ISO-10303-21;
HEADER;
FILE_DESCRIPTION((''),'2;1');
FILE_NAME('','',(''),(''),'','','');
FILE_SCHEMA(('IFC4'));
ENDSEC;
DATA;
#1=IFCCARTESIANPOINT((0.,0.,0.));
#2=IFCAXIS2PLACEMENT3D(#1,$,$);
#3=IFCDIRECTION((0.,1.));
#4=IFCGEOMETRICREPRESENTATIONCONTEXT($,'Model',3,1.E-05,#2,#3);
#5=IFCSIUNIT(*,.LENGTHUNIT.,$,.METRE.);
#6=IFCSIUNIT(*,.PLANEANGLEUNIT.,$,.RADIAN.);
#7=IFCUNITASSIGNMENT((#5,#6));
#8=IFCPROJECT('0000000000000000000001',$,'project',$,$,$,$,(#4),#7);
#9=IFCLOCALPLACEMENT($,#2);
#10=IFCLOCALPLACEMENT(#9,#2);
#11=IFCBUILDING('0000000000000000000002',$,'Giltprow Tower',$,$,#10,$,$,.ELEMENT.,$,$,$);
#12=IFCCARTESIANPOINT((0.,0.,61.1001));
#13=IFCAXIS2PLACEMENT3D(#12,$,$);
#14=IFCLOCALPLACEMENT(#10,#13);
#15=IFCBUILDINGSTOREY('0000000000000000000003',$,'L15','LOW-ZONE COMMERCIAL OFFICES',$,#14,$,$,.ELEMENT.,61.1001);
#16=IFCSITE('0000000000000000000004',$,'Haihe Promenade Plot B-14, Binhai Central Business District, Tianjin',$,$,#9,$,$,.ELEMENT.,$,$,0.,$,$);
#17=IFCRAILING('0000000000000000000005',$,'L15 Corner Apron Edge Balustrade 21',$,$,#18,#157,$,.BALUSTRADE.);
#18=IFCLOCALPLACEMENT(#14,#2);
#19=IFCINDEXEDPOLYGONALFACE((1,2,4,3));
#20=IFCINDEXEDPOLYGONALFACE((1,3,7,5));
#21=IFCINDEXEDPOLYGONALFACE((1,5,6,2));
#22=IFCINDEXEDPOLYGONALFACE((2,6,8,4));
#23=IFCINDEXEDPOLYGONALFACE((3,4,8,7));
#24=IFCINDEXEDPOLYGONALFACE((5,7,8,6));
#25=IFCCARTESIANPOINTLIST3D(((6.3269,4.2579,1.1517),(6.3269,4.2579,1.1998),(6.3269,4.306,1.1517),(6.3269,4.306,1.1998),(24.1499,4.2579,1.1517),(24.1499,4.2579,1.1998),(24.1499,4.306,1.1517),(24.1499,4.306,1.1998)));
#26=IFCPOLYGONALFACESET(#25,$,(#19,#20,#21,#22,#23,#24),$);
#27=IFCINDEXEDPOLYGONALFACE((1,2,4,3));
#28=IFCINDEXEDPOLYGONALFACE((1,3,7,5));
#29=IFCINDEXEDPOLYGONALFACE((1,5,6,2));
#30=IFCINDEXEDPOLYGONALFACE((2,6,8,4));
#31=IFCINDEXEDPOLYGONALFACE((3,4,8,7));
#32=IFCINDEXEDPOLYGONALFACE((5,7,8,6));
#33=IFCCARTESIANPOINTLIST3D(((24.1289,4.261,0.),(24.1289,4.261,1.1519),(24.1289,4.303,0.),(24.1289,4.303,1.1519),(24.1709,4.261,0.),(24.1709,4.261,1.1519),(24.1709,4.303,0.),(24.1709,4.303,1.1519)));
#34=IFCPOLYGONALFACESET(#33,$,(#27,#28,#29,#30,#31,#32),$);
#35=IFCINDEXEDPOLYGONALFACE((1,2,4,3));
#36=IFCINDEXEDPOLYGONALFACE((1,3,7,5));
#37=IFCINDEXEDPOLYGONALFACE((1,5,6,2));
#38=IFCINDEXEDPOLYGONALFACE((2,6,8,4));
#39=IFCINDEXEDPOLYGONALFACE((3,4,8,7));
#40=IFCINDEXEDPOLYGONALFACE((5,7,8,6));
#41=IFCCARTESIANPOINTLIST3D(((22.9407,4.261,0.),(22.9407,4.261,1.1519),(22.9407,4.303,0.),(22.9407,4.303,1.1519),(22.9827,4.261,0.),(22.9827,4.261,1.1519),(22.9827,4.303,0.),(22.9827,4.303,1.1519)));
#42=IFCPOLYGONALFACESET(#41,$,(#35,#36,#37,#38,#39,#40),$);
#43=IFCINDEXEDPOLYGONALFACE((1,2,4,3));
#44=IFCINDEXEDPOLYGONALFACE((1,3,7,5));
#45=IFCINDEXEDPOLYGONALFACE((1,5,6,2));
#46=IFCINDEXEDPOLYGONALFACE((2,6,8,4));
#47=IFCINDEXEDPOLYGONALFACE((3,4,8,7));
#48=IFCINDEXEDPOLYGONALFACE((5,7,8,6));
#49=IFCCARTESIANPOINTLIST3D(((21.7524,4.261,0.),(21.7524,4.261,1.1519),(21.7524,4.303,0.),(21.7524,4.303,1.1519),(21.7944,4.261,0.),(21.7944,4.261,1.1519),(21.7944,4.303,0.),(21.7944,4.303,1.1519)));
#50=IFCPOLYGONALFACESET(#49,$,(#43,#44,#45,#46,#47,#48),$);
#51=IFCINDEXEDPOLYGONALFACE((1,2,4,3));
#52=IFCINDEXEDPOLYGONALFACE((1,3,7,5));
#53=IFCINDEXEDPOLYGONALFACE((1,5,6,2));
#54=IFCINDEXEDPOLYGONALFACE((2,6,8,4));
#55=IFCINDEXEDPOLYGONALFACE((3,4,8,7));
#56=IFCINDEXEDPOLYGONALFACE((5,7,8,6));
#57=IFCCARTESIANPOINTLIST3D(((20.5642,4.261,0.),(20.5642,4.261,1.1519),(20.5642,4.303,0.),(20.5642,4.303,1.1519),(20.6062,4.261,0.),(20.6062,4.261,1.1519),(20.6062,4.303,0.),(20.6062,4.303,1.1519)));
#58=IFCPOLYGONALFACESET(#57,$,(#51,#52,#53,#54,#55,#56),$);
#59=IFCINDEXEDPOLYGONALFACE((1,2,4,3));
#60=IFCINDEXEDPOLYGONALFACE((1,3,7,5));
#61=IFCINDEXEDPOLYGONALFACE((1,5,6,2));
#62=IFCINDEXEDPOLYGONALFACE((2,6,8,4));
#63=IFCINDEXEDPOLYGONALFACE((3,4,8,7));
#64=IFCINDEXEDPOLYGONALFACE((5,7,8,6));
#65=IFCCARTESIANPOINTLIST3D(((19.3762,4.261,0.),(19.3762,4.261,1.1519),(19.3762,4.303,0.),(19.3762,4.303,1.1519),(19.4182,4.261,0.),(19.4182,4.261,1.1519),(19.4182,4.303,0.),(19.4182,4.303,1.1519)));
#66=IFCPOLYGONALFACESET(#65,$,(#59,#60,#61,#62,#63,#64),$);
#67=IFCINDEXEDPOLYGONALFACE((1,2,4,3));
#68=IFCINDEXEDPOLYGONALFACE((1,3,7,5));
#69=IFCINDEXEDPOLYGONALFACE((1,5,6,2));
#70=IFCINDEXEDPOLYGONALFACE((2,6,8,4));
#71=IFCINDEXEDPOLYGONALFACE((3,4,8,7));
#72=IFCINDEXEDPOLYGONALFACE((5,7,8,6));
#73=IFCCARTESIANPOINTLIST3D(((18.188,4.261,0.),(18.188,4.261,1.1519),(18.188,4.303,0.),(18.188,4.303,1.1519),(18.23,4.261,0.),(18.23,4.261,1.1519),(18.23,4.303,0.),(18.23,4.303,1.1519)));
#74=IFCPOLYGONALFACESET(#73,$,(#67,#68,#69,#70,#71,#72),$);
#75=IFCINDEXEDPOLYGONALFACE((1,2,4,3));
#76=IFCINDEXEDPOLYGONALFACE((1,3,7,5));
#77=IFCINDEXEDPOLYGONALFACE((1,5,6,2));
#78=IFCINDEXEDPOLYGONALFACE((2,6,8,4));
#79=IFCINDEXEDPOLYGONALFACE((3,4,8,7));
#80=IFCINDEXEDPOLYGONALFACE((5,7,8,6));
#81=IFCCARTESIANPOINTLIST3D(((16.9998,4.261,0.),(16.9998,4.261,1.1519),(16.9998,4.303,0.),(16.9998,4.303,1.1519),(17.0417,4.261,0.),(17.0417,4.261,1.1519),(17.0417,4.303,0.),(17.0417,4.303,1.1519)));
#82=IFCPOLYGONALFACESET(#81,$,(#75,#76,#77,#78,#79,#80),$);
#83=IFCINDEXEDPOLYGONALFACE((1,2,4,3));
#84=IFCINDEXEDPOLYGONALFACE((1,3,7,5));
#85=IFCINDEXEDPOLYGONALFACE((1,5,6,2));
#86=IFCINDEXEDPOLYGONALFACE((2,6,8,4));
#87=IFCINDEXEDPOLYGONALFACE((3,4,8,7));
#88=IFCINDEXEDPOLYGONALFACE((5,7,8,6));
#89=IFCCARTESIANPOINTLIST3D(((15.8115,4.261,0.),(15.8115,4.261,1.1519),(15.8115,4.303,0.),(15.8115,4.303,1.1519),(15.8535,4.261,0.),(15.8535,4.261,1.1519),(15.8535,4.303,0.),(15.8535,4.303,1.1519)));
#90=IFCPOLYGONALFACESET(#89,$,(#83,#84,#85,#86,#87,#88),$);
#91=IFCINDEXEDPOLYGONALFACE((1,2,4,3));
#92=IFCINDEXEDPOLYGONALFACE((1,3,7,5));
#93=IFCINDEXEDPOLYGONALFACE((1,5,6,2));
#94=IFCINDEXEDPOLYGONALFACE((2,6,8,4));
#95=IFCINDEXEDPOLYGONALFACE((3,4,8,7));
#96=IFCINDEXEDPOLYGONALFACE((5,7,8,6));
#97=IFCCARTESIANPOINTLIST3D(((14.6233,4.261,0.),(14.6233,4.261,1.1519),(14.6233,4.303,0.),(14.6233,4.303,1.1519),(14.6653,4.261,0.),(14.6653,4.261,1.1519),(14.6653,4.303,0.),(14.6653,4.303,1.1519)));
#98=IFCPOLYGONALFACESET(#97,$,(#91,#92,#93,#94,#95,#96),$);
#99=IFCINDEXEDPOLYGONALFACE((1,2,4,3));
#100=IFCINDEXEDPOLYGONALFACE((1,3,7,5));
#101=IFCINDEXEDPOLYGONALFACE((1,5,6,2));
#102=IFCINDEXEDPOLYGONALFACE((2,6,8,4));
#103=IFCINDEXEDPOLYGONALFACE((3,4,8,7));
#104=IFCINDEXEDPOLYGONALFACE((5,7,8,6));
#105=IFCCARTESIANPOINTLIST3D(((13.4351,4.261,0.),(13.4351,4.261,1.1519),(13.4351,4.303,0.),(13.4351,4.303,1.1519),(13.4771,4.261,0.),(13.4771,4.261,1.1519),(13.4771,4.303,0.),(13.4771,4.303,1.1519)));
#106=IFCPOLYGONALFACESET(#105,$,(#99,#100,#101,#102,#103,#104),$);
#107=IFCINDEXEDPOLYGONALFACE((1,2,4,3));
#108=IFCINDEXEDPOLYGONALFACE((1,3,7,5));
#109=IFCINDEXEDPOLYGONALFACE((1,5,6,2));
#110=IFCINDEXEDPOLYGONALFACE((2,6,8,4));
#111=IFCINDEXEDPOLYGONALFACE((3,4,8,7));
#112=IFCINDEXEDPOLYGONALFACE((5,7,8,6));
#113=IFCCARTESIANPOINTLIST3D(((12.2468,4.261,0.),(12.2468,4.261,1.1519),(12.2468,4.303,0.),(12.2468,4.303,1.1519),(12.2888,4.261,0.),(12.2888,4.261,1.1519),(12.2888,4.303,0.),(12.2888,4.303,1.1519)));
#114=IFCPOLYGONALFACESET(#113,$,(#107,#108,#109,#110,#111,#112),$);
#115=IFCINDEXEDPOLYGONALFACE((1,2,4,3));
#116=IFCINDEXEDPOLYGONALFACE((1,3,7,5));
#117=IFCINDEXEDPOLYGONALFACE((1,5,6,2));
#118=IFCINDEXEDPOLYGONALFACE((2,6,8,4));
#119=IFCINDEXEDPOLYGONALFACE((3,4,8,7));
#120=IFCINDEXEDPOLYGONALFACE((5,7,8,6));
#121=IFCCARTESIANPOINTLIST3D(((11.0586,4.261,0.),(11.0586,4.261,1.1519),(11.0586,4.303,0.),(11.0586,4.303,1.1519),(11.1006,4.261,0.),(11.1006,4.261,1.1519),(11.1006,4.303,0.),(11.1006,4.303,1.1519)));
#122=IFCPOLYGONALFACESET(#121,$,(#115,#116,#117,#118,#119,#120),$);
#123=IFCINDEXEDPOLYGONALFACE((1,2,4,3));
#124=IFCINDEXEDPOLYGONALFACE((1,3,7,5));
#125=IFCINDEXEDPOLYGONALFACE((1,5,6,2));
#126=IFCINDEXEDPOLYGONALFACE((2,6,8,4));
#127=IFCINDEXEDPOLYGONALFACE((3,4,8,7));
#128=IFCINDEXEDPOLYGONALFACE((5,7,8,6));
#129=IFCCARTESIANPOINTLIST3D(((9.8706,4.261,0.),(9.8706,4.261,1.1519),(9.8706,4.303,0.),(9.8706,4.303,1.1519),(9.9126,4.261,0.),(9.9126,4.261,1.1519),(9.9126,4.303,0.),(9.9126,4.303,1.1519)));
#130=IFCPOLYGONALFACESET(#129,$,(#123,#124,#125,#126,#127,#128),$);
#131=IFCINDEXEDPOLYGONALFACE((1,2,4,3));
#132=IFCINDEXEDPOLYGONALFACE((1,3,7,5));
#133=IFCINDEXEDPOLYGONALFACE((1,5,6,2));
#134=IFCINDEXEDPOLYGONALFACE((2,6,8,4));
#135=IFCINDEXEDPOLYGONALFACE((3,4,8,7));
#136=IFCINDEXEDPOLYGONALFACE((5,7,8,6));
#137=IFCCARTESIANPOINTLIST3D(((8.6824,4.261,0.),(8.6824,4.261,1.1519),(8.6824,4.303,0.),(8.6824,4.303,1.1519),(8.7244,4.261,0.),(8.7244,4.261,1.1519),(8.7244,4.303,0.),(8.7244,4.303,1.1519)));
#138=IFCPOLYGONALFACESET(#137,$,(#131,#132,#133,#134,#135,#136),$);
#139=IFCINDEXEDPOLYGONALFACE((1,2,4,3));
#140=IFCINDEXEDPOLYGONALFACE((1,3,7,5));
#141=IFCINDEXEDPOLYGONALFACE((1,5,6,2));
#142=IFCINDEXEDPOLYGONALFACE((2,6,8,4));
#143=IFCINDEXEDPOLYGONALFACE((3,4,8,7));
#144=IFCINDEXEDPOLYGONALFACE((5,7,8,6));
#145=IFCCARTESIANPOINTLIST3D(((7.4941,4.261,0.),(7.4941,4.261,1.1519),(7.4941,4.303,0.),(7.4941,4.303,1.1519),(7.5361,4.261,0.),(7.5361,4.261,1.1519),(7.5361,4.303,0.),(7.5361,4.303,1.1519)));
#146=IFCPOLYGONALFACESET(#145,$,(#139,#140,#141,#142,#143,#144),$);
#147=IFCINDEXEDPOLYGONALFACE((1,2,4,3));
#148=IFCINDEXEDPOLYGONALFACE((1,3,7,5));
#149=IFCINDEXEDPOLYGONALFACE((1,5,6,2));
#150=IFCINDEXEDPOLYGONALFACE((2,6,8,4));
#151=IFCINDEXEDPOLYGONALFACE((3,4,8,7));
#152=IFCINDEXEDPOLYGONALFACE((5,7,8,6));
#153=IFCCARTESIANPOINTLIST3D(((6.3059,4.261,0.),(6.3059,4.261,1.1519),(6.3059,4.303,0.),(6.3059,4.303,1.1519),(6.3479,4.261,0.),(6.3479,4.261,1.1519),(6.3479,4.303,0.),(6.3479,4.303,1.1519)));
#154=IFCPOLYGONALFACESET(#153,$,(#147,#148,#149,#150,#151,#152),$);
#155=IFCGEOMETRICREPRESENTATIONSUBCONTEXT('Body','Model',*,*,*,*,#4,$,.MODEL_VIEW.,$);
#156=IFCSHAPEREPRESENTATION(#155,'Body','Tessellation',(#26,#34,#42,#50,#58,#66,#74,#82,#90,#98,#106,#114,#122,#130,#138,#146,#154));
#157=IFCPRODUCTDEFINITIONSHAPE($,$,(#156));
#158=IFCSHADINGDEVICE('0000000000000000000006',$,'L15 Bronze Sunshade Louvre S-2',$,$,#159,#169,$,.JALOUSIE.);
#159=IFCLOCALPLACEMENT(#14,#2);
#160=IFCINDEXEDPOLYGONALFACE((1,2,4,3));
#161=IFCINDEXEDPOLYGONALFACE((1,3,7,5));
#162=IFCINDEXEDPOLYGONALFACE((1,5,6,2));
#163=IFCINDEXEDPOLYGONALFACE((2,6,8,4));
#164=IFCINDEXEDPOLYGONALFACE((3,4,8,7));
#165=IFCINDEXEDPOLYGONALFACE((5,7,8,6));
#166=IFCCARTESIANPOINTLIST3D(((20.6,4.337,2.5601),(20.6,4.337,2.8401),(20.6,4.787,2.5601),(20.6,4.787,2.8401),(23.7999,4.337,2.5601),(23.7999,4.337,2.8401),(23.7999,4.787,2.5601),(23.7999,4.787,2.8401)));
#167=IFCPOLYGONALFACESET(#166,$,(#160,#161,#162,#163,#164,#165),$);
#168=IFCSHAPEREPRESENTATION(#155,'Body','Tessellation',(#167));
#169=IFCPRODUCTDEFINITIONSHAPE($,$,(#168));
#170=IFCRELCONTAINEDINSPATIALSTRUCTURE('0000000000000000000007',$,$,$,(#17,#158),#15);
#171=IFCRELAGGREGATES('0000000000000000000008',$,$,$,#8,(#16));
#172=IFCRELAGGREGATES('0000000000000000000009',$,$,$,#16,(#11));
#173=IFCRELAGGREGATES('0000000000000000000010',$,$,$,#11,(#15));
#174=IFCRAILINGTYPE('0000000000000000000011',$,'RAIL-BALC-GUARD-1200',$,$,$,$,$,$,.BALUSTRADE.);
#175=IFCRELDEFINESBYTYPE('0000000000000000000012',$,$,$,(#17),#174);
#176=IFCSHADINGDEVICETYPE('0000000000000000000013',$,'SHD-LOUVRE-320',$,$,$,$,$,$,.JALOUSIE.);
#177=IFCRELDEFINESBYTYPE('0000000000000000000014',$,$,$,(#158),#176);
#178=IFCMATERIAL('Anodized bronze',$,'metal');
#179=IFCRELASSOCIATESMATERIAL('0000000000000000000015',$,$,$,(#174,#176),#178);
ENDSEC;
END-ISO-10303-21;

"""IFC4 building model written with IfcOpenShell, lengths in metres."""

from ifc_helpers import new_model, si_unit, direction, frame, origin, origin_2d, place, context, subcontext, project, spatial, rectangle, extrude, source, transform, mapped, material, type_object, element, save


model = new_model("IFC4")

# Units and contexts
model_context = context("Model", 3, precision=1e-05, world=origin(), true_north=direction((0.0, 1.0)))
body_context = subcontext(model_context, "Body", "Model", "MODEL_VIEW")
ifc_project = project(units=[si_unit("LENGTHUNIT", "METRE"), si_unit("PLANEANGLEUNIT", "RADIAN")], contexts=[model_context])

# Site, building, storey
site_placement = place(None, origin())
site = spatial("IfcSite", under=ifc_project, at=site_placement, Name="Haihe Promenade Plot B-14, Binhai Central Business District, Tianjin", CompositionType="ELEMENT", RefElevation=0.0)
building_placement = place(site_placement, origin())
building = spatial("IfcBuilding", under=site, at=building_placement, Name="Giltprow Tower", CompositionType="ELEMENT")
storey_placement = place(building_placement, frame((0.0, 0.0, 61.1001)))
storey = spatial("IfcBuildingStorey", under=building, at=storey_placement, Name="L15", Description="LOW-ZONE COMMERCIAL OFFICES", CompositionType="ELEMENT", Elevation=61.1001)

# Shared definitions
ifc_material_1 = material(Name="Anodized bronze", Category="metal")

# Railing
railing_type = type_object("IfcRailingType", Name="RAIL-BALC-GUARD-1200", PredefinedType="BALUSTRADE", material=ifc_material_1)
railing_1_placement = place(storey_placement, frame((24.1499, 4.282, 0.0)))
element("IfcRailing", 1, at=railing_1_placement, inside=storey, type_object=railing_type, Name="L15 Corner Apron Edge Balustrade 21", PredefinedType="BALUSTRADE", context=body_context, shape_type="SweptSolid", body=[
    extrude(rectangle(XDim=0.0481, YDim=0.0481, at=origin_2d()), frame((0.0, 0.0, 1.1758), z_axis=(-1.0, 0.0, 0.0), x_axis=(0.0, -1.0, 0.0)), (0.0, 0.0, 1.0), 17.823),
    extrude(rectangle(XDim=0.042, YDim=0.042, at=origin_2d()), origin(), (0.0, 0.0, 1.0), 1.1519),
    extrude(rectangle(XDim=0.042, YDim=0.042, at=origin_2d()), frame((-1.1882, 0.0, 0.0)), (0.0, 0.0, 1.0), 1.1519),
    extrude(rectangle(XDim=0.042, YDim=0.042, at=origin_2d()), frame((-2.3765, 0.0, 0.0)), (0.0, 0.0, 1.0), 1.1519),
    extrude(rectangle(XDim=0.042, YDim=0.042, at=origin_2d()), frame((-3.5647, 0.0, 0.0)), (0.0, 0.0, 1.0), 1.1519),
    extrude(rectangle(XDim=0.042, YDim=0.042, at=origin_2d()), frame((-4.7527, 0.0, 0.0)), (0.0, 0.0, 1.0), 1.1519),
    extrude(rectangle(XDim=0.042, YDim=0.042, at=origin_2d()), frame((-5.9409, 0.0, 0.0)), (0.0, 0.0, 1.0), 1.1519),
    extrude(rectangle(XDim=0.042, YDim=0.042, at=origin_2d()), frame((-7.1292, 0.0, 0.0)), (0.0, 0.0, 1.0), 1.1519),
    extrude(rectangle(XDim=0.042, YDim=0.042, at=origin_2d()), frame((-8.3174, 0.0, 0.0)), (0.0, 0.0, 1.0), 1.1519),
    extrude(rectangle(XDim=0.042, YDim=0.042, at=origin_2d()), frame((-9.5056, 0.0, 0.0)), (0.0, 0.0, 1.0), 1.1519),
    extrude(rectangle(XDim=0.042, YDim=0.042, at=origin_2d()), frame((-10.6938, 0.0, 0.0)), (0.0, 0.0, 1.0), 1.1519),
    extrude(rectangle(XDim=0.042, YDim=0.042, at=origin_2d()), frame((-11.8821, 0.0, 0.0)), (0.0, 0.0, 1.0), 1.1519),
    extrude(rectangle(XDim=0.042, YDim=0.042, at=origin_2d()), frame((-13.0703, 0.0, 0.0)), (0.0, 0.0, 1.0), 1.1519),
    extrude(rectangle(XDim=0.042, YDim=0.042, at=origin_2d()), frame((-14.2583, 0.0, 0.0)), (0.0, 0.0, 1.0), 1.1519),
    extrude(rectangle(XDim=0.042, YDim=0.042, at=origin_2d()), frame((-15.4465, 0.0, 0.0)), (0.0, 0.0, 1.0), 1.1519),
    extrude(rectangle(XDim=0.042, YDim=0.042, at=origin_2d()), frame((-16.6348, 0.0, 0.0)), (0.0, 0.0, 1.0), 1.1519),
    extrude(rectangle(XDim=0.042, YDim=0.042, at=origin_2d()), frame((-17.823, 0.0, 0.0)), (0.0, 0.0, 1.0), 1.1519),
])

# Shading device
shading_device_type = type_object("IfcShadingDeviceType", Name="SHD-LOUVRE-320", PredefinedType="JALOUSIE", material=ifc_material_1)
shared_shape_1 = source(origin(), body_context, "Body", "SweptSolid", [
    extrude(rectangle(XDim=3.2, YDim=0.45, at=origin_2d()), origin(), (0.0, 0.0, 1.0), 0.28),
])
shading_device_placement = place(storey_placement, frame((22.2, 4.562, 2.5601), z_axis=(0.0, 0.0, 1.0), x_axis=(1.0, 0.0, 0.0)))
element("IfcShadingDevice", 2, at=shading_device_placement, inside=storey, type_object=shading_device_type, Name="L15 Bronze Sunshade Louvre S-2", PredefinedType="JALOUSIE", context=body_context, shape_type="MappedRepresentation", body=[
    mapped(shared_shape_1, transform((0.0, 0.0, 0.0), x_axis=(1.0, 0.0, 0.0), y_axis=(0.0, 1.0, 0.0), z_axis=(0.0, 0.0, 1.0), scale=1.0)),
])

save(model, "model.ifc")
